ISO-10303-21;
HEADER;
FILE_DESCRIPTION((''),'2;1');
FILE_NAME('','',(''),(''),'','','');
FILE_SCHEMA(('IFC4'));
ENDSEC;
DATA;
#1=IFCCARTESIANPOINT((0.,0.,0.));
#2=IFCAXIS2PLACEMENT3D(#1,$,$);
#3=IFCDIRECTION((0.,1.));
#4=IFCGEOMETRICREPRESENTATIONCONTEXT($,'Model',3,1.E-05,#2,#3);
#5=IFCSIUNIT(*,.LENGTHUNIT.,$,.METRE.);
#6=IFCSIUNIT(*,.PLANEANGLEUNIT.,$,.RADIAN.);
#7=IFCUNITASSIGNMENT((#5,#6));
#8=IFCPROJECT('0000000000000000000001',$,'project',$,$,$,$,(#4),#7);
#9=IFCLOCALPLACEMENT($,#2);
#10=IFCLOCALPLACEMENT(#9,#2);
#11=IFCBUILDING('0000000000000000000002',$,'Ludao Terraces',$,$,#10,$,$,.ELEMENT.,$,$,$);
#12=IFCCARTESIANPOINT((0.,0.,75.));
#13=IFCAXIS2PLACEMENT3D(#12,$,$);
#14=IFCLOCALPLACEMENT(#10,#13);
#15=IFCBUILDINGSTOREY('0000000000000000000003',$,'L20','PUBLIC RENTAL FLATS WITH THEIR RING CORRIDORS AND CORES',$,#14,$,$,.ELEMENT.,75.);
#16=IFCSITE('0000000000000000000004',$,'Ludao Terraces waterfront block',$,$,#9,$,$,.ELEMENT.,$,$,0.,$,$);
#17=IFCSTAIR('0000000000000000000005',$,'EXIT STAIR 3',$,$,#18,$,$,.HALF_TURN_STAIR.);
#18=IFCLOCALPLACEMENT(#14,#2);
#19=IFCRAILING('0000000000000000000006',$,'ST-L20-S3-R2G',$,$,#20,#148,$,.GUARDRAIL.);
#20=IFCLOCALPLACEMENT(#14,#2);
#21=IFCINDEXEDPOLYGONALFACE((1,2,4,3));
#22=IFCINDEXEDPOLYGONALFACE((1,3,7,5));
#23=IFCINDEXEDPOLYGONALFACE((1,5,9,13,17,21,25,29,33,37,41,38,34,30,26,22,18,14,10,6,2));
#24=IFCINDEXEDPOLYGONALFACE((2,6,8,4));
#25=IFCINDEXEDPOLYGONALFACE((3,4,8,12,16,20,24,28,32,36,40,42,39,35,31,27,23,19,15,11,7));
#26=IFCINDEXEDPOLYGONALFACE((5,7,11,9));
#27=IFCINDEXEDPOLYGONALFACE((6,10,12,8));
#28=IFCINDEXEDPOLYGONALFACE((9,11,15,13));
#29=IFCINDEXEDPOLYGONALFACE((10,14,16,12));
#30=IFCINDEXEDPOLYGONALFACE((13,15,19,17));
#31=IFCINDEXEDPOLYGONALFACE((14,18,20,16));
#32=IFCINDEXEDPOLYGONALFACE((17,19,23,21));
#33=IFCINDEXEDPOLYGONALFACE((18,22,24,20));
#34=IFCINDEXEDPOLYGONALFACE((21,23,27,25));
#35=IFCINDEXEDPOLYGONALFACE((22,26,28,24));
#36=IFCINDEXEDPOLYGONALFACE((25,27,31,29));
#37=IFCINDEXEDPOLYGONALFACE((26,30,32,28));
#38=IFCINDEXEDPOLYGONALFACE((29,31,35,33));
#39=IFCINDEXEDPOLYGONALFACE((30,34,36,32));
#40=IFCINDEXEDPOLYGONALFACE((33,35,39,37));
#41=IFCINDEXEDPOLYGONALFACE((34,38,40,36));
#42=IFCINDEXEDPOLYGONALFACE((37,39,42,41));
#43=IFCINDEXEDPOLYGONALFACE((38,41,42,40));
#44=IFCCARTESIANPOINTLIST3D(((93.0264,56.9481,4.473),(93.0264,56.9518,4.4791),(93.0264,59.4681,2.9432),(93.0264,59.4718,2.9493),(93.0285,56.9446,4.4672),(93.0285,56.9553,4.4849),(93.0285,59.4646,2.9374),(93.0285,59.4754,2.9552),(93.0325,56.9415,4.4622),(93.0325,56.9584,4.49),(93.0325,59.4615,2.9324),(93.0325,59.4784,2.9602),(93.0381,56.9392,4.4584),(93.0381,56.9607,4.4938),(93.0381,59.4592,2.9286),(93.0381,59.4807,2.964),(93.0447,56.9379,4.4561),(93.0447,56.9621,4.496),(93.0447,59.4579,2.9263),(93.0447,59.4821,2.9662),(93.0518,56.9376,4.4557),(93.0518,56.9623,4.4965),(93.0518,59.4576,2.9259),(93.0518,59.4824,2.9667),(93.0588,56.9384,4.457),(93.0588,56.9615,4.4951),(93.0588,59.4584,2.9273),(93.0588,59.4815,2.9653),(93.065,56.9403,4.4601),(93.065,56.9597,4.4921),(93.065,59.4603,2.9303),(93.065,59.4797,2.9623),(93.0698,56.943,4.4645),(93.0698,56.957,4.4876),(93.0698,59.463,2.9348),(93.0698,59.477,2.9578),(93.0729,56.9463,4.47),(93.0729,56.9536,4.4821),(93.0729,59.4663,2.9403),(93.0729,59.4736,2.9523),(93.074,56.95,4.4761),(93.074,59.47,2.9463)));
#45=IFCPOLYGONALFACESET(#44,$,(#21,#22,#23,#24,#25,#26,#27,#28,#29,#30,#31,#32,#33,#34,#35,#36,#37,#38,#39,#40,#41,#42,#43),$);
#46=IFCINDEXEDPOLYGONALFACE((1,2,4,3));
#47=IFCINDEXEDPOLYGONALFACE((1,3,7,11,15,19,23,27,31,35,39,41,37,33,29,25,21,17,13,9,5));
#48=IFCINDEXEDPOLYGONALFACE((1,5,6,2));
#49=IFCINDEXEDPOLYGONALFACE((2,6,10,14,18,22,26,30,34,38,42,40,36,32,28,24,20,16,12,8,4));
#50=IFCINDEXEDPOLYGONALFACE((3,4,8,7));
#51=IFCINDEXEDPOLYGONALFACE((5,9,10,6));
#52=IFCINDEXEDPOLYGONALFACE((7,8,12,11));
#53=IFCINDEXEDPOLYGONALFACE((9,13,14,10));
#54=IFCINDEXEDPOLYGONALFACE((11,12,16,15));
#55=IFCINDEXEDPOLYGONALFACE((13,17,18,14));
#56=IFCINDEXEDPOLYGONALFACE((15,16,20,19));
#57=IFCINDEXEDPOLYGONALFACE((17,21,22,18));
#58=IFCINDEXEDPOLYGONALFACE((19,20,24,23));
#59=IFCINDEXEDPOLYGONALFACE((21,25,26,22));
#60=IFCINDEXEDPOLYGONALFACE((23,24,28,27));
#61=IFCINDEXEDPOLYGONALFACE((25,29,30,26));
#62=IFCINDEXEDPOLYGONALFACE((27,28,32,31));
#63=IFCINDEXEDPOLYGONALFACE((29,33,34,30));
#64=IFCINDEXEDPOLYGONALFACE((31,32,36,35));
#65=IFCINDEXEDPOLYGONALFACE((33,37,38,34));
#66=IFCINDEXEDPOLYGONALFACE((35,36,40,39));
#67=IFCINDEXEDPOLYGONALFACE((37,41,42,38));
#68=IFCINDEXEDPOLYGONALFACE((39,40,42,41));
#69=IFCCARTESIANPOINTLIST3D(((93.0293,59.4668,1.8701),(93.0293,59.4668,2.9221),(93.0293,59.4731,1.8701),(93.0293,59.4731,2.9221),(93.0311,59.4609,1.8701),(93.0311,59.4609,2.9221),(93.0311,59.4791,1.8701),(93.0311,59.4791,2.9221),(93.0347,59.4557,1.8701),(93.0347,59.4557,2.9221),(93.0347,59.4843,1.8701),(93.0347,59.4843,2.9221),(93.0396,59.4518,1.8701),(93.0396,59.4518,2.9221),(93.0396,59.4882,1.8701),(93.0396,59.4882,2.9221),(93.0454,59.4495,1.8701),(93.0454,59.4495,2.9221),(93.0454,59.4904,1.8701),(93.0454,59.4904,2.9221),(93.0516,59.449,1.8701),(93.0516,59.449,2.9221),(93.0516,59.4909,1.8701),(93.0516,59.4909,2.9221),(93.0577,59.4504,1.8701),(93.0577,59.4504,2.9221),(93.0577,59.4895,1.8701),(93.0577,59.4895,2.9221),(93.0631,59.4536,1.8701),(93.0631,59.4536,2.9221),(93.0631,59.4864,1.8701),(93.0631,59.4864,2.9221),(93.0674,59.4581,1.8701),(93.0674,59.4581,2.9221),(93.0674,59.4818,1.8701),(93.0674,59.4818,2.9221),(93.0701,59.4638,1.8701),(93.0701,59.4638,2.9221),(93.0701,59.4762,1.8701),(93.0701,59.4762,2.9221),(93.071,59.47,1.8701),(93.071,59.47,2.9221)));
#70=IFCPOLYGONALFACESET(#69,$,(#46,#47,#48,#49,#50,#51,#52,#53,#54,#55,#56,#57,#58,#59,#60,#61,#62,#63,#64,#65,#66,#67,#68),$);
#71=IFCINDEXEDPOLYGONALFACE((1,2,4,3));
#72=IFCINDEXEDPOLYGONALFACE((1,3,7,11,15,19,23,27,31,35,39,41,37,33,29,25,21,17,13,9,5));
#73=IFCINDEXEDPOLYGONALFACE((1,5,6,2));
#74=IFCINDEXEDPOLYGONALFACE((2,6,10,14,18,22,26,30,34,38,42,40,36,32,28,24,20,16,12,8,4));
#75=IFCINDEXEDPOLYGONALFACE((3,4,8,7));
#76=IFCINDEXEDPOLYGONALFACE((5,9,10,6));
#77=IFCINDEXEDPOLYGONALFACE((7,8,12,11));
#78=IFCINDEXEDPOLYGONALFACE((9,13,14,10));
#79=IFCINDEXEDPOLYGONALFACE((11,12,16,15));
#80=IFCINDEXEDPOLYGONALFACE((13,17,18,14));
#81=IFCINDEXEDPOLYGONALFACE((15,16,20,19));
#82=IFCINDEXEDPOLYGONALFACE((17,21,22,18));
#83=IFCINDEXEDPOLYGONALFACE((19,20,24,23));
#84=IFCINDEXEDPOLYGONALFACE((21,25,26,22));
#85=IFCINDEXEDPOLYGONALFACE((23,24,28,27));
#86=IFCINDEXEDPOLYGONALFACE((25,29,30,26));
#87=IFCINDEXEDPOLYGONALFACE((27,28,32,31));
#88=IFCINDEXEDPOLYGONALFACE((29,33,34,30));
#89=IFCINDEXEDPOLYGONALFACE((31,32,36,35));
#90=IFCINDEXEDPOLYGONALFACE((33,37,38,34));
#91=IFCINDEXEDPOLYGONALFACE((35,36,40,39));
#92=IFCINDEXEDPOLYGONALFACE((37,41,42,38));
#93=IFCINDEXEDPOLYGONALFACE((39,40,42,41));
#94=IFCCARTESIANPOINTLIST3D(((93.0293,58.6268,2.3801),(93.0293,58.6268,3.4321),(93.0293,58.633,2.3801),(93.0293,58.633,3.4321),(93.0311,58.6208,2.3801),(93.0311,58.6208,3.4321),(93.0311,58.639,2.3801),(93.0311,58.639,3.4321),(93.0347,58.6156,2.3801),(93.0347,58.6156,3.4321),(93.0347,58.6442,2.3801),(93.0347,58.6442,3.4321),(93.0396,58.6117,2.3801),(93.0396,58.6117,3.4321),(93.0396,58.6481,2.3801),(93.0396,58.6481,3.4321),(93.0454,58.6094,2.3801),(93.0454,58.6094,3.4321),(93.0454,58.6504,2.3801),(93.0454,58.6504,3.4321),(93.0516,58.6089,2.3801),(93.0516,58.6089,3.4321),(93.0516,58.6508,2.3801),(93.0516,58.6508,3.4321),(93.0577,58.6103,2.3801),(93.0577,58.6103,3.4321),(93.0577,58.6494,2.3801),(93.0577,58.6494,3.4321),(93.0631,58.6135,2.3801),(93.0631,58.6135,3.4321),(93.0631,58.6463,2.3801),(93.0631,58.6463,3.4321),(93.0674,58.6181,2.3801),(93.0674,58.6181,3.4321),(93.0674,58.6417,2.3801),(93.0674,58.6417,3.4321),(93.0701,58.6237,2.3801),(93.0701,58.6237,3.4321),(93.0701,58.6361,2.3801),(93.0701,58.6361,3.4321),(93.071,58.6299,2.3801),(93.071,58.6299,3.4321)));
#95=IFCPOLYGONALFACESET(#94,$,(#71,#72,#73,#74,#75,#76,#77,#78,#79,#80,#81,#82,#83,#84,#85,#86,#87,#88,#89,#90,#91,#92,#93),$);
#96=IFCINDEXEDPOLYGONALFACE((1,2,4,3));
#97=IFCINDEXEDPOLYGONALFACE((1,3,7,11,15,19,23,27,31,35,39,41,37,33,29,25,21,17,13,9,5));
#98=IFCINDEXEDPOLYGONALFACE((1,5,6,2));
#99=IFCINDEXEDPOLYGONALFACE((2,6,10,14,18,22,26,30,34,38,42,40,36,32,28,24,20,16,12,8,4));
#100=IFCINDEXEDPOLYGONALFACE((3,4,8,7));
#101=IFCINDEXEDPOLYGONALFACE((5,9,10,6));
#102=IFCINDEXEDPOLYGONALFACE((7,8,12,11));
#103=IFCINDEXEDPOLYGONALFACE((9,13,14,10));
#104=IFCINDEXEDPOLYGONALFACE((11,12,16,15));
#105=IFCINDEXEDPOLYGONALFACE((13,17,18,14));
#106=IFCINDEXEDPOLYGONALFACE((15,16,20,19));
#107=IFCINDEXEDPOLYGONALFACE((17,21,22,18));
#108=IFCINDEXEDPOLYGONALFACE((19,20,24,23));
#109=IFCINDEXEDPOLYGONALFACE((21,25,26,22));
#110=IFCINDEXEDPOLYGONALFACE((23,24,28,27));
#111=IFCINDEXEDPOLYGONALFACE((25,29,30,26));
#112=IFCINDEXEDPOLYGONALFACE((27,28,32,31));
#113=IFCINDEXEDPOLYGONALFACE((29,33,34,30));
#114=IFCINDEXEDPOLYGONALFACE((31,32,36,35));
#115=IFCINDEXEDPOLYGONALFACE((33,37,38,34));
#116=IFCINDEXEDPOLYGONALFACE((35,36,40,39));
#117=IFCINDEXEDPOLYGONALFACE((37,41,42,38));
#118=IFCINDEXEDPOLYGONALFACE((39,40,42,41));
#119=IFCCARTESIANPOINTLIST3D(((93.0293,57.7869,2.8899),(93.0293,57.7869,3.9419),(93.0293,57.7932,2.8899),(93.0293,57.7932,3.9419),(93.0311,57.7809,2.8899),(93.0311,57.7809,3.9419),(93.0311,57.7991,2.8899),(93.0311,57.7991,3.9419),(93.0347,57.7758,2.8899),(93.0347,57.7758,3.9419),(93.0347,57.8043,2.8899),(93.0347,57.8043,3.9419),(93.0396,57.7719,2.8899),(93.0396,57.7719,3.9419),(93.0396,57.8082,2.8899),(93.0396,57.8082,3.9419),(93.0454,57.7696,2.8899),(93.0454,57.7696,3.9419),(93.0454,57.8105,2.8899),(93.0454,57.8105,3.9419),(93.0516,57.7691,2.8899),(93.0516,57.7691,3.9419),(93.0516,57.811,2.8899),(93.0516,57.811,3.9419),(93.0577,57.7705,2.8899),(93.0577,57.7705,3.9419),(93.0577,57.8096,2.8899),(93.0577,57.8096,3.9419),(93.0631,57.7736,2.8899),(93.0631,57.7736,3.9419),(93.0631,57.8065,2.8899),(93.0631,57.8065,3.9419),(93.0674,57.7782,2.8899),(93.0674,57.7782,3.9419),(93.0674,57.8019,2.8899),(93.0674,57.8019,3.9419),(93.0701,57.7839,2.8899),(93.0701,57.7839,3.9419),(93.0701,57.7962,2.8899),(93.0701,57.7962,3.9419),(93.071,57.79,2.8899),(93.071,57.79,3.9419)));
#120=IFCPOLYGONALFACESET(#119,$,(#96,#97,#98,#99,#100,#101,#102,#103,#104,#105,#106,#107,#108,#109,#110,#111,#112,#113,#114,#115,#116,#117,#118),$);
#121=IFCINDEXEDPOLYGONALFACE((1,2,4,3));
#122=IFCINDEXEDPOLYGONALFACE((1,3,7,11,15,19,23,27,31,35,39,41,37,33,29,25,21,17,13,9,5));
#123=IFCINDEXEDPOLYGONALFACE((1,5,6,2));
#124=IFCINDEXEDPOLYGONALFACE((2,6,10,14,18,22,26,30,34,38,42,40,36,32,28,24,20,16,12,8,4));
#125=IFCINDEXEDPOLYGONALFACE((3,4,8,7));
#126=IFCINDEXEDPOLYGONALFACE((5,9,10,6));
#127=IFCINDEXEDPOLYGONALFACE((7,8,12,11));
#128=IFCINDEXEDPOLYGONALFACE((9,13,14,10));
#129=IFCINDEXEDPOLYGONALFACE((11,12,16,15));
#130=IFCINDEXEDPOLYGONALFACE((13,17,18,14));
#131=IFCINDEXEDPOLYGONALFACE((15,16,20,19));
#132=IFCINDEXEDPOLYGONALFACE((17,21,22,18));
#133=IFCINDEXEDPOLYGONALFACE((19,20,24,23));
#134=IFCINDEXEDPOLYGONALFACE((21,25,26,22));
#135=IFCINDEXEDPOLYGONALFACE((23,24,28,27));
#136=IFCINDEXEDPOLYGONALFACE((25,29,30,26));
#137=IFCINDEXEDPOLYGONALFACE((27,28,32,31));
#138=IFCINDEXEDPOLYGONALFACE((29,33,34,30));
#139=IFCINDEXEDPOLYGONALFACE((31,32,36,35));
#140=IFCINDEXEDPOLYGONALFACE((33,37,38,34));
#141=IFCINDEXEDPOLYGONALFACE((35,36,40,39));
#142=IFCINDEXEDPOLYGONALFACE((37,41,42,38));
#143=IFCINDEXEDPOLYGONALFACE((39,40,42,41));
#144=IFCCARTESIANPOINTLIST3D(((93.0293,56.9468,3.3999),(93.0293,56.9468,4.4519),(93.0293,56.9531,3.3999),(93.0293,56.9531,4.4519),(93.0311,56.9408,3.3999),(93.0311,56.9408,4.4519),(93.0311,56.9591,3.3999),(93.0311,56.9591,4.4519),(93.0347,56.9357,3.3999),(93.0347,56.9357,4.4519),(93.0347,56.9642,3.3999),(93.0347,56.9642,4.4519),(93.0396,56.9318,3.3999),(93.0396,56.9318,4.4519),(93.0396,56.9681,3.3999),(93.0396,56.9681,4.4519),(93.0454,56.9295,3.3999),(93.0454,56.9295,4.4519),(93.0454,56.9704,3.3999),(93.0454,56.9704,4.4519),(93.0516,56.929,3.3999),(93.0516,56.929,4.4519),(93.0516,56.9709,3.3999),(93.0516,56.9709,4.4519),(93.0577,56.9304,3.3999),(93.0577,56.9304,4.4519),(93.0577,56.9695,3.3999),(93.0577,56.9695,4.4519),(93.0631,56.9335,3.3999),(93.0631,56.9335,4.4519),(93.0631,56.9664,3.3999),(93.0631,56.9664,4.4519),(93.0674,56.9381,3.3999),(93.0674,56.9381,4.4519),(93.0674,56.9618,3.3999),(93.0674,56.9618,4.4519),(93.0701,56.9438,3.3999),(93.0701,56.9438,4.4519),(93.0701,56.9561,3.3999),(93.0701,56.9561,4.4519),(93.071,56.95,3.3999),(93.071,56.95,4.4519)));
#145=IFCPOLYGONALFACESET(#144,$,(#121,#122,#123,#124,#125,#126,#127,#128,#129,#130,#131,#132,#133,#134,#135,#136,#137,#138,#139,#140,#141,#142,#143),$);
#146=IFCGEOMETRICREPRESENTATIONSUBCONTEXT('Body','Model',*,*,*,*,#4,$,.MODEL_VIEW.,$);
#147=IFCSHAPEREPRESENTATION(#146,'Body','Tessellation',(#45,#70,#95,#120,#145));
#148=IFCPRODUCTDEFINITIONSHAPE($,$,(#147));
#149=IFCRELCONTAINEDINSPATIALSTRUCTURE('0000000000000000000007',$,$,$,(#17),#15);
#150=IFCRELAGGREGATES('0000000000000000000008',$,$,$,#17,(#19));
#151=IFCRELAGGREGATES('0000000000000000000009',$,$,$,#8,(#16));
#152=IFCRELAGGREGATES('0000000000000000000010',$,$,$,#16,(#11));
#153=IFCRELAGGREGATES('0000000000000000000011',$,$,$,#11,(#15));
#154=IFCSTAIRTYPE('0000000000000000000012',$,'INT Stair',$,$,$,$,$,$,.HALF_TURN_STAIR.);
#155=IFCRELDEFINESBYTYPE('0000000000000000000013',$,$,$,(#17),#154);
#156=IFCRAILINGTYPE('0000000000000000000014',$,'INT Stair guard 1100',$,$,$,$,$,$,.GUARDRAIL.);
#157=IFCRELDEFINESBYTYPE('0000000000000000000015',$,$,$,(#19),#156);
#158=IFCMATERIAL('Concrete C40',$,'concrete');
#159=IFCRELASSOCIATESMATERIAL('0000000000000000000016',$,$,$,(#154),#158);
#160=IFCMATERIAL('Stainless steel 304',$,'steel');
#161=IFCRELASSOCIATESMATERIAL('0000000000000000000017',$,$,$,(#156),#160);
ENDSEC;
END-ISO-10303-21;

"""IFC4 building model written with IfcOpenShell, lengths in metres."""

from ifc_helpers import new_model, si_unit, direction, frame, origin, origin_2d, place, context, subcontext, project, spatial, circle, extrude, material, type_object, element, aggregate, save


model = new_model("IFC4")

# Units and contexts
model_context = context("Model", 3, precision=1e-05, world=origin(), true_north=direction((0.0, 1.0)))
body_context = subcontext(model_context, "Body", "Model", "MODEL_VIEW")
ifc_project = project(units=[si_unit("LENGTHUNIT", "METRE"), si_unit("PLANEANGLEUNIT", "RADIAN")], contexts=[model_context])

# Site, building, storey
site_placement = place(None, origin())
site = spatial("IfcSite", under=ifc_project, at=site_placement, Name="Ludao Terraces waterfront block", CompositionType="ELEMENT", RefElevation=0.0)
building_placement = place(site_placement, origin())
building = spatial("IfcBuilding", under=site, at=building_placement, Name="Ludao Terraces", CompositionType="ELEMENT")
storey_placement = place(building_placement, frame((0.0, 0.0, 75.0)))
storey = spatial("IfcBuildingStorey", under=building, at=storey_placement, Name="L20", Description="PUBLIC RENTAL FLATS WITH THEIR RING CORRIDORS AND CORES", CompositionType="ELEMENT", Elevation=75.0)

# Stair, railing
ifc_material_1 = material(Name="Concrete C40", Category="concrete")
stair_type = type_object("IfcStairType", Name="INT Stair", PredefinedType="HALF_TURN_STAIR", material=ifc_material_1)
stair_placement = place(storey_placement, origin())
stair = element("IfcStair", 1, at=stair_placement, inside=storey, type_object=stair_type, Name="EXIT STAIR 3", PredefinedType="HALF_TURN_STAIR")
ifc_material_2 = material(Name="Stainless steel 304", Category="steel")
railing_type_1 = type_object("IfcRailingType", Name="INT Stair guard 1100", PredefinedType="GUARDRAIL", material=ifc_material_2)
railing_1_placement = place(storey_placement, frame((93.05, 59.47, 1.8701)))
railing_1 = element("IfcRailing", 2, at=railing_1_placement, type_object=railing_type_1, Name="ST-L20-S3-R2G", PredefinedType="GUARDRAIL", context=body_context, shape_type="SweptSolid", body=[
    extrude(circle(Radius=0.0239, at=origin_2d()), frame((0.0, 0.0, 1.0762), z_axis=(0.0, -0.854822, 0.518922), x_axis=(1.0, 0.0, 0.0)), (0.0, 0.0, 1.0), 2.948),
    extrude(circle(Radius=0.021, at=origin_2d()), origin(), (0.0, 0.0, 1.0), 1.052),
    extrude(circle(Radius=0.021, at=origin_2d()), frame((0.0, -0.8401, 0.51)), (0.0, 0.0, 1.0), 1.052),
    extrude(circle(Radius=0.021, at=origin_2d()), frame((0.0, -1.6799, 1.0198)), (0.0, 0.0, 1.0), 1.052),
    extrude(circle(Radius=0.021, at=origin_2d()), frame((0.0, -2.52, 1.5298)), (0.0, 0.0, 1.0), 1.052),
])
aggregate(stair, [railing_1])

save(model, "model.ifc")
